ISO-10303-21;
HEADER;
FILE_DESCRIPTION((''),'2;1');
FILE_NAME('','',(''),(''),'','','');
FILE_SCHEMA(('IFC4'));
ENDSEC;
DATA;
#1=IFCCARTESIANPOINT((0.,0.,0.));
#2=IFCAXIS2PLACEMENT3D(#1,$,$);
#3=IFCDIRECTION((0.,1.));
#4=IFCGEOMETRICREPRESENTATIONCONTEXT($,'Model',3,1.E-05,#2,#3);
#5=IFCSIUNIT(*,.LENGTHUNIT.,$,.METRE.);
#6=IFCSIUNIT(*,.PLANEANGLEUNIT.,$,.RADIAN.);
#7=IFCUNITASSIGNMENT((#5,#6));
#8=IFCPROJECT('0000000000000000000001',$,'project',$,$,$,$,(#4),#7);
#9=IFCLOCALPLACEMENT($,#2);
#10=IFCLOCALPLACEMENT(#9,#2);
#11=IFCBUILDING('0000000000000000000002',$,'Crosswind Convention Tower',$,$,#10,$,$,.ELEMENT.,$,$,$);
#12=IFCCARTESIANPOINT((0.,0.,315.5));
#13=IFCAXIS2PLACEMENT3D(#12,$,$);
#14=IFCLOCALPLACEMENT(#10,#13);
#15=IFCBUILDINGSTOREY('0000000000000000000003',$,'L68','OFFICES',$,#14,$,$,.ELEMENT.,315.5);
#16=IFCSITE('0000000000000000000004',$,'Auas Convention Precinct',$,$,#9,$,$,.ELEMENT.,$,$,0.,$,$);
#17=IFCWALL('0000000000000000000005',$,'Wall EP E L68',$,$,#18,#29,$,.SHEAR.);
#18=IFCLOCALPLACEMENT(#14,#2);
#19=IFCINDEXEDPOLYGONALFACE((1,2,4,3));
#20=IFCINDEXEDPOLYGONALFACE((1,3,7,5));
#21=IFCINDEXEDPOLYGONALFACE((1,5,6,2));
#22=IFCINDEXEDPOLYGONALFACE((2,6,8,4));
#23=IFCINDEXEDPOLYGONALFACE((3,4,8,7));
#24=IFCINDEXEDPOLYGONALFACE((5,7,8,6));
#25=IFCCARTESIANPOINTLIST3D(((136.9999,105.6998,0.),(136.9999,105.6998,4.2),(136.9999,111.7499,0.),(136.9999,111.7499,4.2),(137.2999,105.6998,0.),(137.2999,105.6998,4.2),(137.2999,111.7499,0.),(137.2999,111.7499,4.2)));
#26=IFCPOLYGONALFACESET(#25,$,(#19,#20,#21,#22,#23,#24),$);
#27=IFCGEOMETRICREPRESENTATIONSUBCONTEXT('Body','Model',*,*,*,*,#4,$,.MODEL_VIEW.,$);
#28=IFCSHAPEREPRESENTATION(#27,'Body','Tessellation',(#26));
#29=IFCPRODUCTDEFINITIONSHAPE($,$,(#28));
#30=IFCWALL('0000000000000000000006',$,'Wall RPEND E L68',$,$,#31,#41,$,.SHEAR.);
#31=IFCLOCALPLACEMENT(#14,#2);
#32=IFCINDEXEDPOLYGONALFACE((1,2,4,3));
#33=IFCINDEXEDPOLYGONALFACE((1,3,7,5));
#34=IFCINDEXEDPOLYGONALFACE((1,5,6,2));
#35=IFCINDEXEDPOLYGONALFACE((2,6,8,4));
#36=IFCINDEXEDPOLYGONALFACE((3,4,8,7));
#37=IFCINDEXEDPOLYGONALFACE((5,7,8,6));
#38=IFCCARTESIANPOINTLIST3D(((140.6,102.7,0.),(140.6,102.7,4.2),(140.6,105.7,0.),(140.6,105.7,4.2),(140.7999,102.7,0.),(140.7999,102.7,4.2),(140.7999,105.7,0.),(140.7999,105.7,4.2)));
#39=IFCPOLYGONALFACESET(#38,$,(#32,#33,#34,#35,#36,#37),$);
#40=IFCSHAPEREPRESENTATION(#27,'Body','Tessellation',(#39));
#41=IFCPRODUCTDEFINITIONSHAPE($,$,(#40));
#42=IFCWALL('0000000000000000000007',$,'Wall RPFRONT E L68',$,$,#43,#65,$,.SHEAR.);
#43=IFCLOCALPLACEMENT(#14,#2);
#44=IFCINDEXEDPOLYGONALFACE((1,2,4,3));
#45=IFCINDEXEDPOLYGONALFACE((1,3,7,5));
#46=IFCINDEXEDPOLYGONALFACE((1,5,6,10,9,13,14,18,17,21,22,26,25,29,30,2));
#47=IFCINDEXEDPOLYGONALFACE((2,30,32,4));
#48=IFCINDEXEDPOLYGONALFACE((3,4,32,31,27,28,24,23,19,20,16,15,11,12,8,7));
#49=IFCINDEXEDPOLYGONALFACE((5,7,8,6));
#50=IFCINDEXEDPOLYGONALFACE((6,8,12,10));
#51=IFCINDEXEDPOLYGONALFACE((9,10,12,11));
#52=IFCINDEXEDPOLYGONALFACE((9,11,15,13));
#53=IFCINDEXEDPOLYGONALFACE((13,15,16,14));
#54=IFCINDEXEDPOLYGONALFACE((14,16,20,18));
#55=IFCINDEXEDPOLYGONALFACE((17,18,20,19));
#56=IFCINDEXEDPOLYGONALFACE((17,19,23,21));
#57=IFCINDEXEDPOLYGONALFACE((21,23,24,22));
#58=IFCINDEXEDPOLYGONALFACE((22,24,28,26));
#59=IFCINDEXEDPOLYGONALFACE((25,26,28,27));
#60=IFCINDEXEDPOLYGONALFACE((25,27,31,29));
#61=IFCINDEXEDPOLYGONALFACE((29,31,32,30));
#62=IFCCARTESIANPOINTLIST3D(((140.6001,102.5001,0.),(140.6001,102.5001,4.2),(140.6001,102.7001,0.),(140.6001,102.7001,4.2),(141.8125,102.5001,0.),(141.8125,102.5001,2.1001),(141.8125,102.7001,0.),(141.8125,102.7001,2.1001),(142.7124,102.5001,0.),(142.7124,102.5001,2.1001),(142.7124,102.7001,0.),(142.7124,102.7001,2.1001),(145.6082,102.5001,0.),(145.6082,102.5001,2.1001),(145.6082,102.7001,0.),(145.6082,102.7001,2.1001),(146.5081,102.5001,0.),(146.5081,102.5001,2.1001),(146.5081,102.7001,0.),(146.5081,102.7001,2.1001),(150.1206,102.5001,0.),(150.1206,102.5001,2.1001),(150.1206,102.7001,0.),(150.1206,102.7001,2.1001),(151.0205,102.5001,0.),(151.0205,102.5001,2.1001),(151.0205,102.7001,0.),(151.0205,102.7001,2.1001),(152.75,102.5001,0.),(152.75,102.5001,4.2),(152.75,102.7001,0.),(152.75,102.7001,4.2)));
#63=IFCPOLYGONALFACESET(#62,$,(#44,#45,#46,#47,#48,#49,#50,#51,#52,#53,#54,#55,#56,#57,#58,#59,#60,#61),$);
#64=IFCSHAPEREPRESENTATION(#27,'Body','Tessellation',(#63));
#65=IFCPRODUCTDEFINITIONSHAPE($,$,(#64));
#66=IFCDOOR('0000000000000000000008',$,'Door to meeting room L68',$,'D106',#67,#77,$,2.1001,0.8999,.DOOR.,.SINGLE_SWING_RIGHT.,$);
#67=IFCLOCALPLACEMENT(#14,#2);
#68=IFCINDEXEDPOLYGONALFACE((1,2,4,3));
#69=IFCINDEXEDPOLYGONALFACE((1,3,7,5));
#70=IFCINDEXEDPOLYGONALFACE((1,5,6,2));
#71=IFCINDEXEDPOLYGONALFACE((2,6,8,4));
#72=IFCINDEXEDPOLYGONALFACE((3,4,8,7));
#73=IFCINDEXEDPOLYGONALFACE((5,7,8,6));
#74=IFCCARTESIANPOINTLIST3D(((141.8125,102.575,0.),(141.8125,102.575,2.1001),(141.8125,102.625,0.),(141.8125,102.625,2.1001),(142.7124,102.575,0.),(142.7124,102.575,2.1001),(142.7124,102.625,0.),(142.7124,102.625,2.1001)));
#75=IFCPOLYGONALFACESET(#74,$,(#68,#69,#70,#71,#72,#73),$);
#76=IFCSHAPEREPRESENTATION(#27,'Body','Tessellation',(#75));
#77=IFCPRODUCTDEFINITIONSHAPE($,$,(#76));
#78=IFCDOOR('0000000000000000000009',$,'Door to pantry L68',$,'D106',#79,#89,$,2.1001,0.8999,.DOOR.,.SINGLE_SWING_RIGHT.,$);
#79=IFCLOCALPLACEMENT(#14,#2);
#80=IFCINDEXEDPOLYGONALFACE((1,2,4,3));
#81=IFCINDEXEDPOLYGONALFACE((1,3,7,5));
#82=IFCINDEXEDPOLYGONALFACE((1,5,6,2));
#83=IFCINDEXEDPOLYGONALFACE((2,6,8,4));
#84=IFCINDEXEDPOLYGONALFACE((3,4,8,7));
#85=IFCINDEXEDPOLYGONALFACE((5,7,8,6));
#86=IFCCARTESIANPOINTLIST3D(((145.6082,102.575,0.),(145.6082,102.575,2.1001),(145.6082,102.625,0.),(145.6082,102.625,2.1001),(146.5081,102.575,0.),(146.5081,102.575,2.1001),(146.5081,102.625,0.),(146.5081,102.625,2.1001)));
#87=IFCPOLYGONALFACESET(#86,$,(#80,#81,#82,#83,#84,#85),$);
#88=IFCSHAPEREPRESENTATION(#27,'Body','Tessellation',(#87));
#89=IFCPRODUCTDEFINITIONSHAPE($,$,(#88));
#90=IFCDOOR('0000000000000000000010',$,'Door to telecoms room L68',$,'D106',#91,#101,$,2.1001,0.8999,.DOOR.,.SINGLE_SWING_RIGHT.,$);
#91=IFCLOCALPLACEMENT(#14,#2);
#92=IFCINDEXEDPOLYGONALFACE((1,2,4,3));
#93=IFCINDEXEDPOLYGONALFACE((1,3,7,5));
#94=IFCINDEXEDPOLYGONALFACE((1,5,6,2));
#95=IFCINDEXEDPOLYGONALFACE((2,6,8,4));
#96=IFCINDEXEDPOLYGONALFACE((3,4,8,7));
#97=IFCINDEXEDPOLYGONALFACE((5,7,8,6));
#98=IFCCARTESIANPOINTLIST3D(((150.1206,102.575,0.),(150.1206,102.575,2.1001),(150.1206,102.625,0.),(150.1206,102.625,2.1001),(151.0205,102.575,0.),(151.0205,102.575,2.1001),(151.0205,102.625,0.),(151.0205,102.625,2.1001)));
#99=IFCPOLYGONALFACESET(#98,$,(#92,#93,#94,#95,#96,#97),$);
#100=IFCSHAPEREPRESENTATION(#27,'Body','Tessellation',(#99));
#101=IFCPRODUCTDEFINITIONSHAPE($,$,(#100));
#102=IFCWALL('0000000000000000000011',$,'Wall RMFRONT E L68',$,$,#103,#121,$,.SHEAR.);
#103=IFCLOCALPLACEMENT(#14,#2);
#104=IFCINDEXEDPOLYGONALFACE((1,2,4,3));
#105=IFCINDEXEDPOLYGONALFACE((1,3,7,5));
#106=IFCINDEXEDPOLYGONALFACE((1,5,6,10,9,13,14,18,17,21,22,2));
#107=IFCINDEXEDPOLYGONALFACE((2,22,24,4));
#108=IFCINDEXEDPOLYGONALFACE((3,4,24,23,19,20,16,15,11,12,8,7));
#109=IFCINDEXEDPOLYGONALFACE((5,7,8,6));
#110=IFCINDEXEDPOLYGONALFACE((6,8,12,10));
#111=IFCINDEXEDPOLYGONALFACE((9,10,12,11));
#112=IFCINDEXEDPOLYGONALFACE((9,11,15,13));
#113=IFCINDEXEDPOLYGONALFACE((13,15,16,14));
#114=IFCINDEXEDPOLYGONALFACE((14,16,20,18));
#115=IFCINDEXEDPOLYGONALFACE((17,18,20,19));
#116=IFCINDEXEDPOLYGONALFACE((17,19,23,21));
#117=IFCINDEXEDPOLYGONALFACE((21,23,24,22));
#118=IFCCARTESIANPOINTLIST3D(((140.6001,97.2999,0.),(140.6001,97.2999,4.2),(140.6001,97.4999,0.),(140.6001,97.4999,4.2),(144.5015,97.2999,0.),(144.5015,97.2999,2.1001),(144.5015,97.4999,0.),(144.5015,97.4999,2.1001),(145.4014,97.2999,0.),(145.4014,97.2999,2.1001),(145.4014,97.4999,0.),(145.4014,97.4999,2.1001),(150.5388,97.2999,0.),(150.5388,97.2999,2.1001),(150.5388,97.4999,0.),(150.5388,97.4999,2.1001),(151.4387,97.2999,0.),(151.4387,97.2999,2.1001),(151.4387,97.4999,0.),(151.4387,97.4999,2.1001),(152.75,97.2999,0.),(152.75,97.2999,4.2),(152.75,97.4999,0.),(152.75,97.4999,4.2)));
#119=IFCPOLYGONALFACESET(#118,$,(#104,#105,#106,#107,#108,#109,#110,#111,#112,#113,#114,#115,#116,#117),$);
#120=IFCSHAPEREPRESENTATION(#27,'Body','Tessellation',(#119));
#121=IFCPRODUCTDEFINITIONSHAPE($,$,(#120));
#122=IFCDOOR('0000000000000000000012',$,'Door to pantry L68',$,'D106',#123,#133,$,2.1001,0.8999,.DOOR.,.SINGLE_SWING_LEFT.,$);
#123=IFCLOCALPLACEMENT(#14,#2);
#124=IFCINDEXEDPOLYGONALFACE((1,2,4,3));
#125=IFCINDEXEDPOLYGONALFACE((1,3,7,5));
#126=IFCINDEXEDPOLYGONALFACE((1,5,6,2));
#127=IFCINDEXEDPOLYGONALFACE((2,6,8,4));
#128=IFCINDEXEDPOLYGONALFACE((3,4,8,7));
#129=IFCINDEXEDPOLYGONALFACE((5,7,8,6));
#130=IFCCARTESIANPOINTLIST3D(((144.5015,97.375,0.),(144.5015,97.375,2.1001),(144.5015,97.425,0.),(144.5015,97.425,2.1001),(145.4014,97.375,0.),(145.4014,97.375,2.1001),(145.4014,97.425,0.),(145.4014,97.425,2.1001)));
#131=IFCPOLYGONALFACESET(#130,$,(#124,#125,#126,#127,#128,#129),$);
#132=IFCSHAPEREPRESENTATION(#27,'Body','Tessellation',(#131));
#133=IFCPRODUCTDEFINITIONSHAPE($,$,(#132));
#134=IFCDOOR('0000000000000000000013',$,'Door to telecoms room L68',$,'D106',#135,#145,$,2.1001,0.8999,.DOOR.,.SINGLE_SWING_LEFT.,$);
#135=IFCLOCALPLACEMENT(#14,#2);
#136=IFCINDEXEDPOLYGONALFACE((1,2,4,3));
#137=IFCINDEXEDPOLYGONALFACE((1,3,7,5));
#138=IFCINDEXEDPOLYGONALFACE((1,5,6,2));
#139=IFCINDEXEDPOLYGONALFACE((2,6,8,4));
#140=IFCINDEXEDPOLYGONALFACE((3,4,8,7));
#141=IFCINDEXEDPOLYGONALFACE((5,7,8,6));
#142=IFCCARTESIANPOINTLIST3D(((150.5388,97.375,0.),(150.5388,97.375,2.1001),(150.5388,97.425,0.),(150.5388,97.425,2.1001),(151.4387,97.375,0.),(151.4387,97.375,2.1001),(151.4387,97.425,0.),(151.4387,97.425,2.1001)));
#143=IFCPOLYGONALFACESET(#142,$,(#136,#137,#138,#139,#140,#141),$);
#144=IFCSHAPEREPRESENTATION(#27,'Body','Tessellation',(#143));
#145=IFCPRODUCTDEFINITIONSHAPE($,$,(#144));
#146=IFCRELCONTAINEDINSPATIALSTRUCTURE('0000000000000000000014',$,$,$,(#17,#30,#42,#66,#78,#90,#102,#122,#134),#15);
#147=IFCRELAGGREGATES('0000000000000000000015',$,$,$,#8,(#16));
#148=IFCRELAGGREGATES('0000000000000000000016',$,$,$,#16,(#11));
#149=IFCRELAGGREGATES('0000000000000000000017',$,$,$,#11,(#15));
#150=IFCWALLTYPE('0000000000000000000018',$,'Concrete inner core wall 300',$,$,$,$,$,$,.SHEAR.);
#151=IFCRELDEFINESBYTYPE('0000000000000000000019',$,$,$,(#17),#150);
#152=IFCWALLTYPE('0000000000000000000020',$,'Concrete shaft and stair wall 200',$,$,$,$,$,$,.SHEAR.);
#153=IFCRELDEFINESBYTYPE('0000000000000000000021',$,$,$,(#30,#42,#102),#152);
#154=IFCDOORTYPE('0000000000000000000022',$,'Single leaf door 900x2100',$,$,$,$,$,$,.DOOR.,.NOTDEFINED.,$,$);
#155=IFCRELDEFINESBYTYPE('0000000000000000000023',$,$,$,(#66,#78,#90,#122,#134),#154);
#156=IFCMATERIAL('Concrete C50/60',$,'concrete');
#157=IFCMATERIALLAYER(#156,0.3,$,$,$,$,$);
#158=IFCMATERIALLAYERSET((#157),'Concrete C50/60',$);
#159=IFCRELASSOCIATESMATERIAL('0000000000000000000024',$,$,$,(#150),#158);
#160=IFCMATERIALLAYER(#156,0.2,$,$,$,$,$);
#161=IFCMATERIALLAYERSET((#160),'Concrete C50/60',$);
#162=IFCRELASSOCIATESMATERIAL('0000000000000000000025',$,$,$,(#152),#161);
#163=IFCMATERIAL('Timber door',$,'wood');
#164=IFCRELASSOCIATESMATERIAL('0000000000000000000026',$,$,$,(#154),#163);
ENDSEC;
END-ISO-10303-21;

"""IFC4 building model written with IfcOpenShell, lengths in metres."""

from ifc_helpers import new_model, si_unit, direction, frame, frame_2d, origin, place, context, subcontext, project, spatial, rectangle, extrude, material, layer, layer_set, type_object, element, fill, save


model = new_model("IFC4")

# Units and contexts
model_context = context("Model", 3, precision=1e-05, world=origin(), true_north=direction((0.0, 1.0)))
body_context = subcontext(model_context, "Body", "Model", "MODEL_VIEW")
ifc_project = project(units=[si_unit("LENGTHUNIT", "METRE"), si_unit("PLANEANGLEUNIT", "RADIAN")], contexts=[model_context])

# Site, building, storey
site_placement = place(None, origin())
site = spatial("IfcSite", under=ifc_project, at=site_placement, Name="Auas Convention Precinct", CompositionType="ELEMENT", RefElevation=0.0)
building_placement = place(site_placement, origin())
building = spatial("IfcBuilding", under=site, at=building_placement, Name="Crosswind Convention Tower", CompositionType="ELEMENT")
storey_placement = place(building_placement, frame((0.0, 0.0, 315.5)))
storey = spatial("IfcBuildingStorey", under=building, at=storey_placement, Name="L68", Description="OFFICES", CompositionType="ELEMENT", Elevation=315.5)

# Walls
ifc_material_1 = material(Name="Concrete C50/60", Category="concrete")
ifc_layer_1 = layer(ifc_material_1, 0.3)
ifc_layer_set_1 = layer_set([ifc_layer_1], Name="Concrete C50/60")
wall_type_1 = type_object("IfcWallType", Name="Concrete inner core wall 300", PredefinedType="SHEAR", material=ifc_layer_set_1)
wall_1_placement = place(storey_placement, frame((137.1499, 105.7, 0.0), z_axis=(0.0, 0.0, 1.0), x_axis=(0.0, 1.0, 0.0)))
element("IfcWall", 1, at=wall_1_placement, inside=storey, type_object=wall_type_1, Name="Wall EP E L68", PredefinedType="SHEAR", context=body_context, shape_type="SweptSolid", body=[
    extrude(rectangle(XDim=6.05, YDim=0.3, at=frame_2d((3.0249, 0.0))), origin(), (0.0, 0.0, 1.0), 4.2),
])
ifc_layer_2 = layer(ifc_material_1, 0.2)
ifc_layer_set_2 = layer_set([ifc_layer_2], Name="Concrete C50/60")
wall_type_2 = type_object("IfcWallType", Name="Concrete shaft and stair wall 200", PredefinedType="SHEAR", material=ifc_layer_set_2)
wall_2_placement = place(storey_placement, frame((140.7, 102.7, 0.0), z_axis=(0.0, 0.0, 1.0), x_axis=(0.0, 1.0, 0.0)))
element("IfcWall", 2, at=wall_2_placement, inside=storey, type_object=wall_type_2, Name="Wall RPEND E L68", PredefinedType="SHEAR", context=body_context, shape_type="SweptSolid", body=[
    extrude(rectangle(XDim=3.0, YDim=0.2, at=frame_2d((1.5, 0.0))), origin(), (0.0, 0.0, 1.0), 4.2),
])

# Walls, openings, doors
wall_3_placement = place(storey_placement, frame((140.6001, 102.6001, 0.0), z_axis=(0.0, 0.0, 1.0), x_axis=(1.0, 0.0, 0.0)))
wall_3 = element("IfcWall", 3, at=wall_3_placement, inside=storey, type_object=wall_type_2, Name="Wall RPFRONT E L68", PredefinedType="SHEAR", context=body_context, shape_type="SweptSolid", body=[
    extrude(rectangle(XDim=12.1499, YDim=0.2, at=frame_2d((6.075, 0.0))), origin(), (0.0, 0.0, 1.0), 4.2),
])
opening_1_placement = place(wall_3_placement, frame((1.2124, 0.0, 0.0)))
opening_1 = element("IfcOpeningElement", 4, at=opening_1_placement, cuts=wall_3, PredefinedType="OPENING", context=body_context, shape_type="SweptSolid", body=[
    extrude(rectangle(XDim=0.8999, YDim=2.1001, at=frame_2d((0.45, 1.05))), frame((0.0, 0.1099, 0.0), z_axis=(0.0, -1.0, 0.0), x_axis=(1.0, 0.0, 0.0)), (0.0, 0.0, 1.0), 0.22),
])
opening_2_placement = place(wall_3_placement, frame((5.0081, 0.0, 0.0)))
opening_2 = element("IfcOpeningElement", 5, at=opening_2_placement, cuts=wall_3, PredefinedType="OPENING", context=body_context, shape_type="SweptSolid", body=[
    extrude(rectangle(XDim=0.8999, YDim=2.1001, at=frame_2d((0.45, 1.05))), frame((0.0, 0.1099, 0.0), z_axis=(0.0, -1.0, 0.0), x_axis=(1.0, 0.0, 0.0)), (0.0, 0.0, 1.0), 0.22),
])
opening_3_placement = place(wall_3_placement, frame((9.5205, 0.0, 0.0)))
opening_3 = element("IfcOpeningElement", 6, at=opening_3_placement, cuts=wall_3, PredefinedType="OPENING", context=body_context, shape_type="SweptSolid", body=[
    extrude(rectangle(XDim=0.8999, YDim=2.1001, at=frame_2d((0.45, 1.05))), frame((0.0, 0.1099, 0.0), z_axis=(0.0, -1.0, 0.0), x_axis=(1.0, 0.0, 0.0)), (0.0, 0.0, 1.0), 0.22),
])
ifc_material_2 = material(Name="Timber door", Category="wood")
door_type_1 = type_object("IfcDoorType", Name="Single leaf door 900x2100", OperationType="NOTDEFINED", PredefinedType="DOOR", material=ifc_material_2)
door_1_placement = place(opening_1_placement, origin())
door_1 = element("IfcDoor", 7, at=door_1_placement, inside=storey, type_object=door_type_1, Name="Door to meeting room L68", ObjectType="D106", OperationType="SINGLE_SWING_RIGHT", OverallHeight=2.1001, OverallWidth=0.8999, PredefinedType="DOOR", context=body_context, shape_type="SweptSolid", body=[
    extrude(rectangle(XDim=0.8999, YDim=2.1001, at=frame_2d((0.45, 1.05))), frame((0.0, 0.0249, 0.0), z_axis=(0.0, -1.0, 0.0), x_axis=(1.0, 0.0, 0.0)), (0.0, 0.0, 1.0), 0.05),
])
fill(opening_1, door_1)
door_2_placement = place(opening_2_placement, origin())
door_2 = element("IfcDoor", 8, at=door_2_placement, inside=storey, type_object=door_type_1, Name="Door to pantry L68", ObjectType="D106", OperationType="SINGLE_SWING_RIGHT", OverallHeight=2.1001, OverallWidth=0.8999, PredefinedType="DOOR", context=body_context, shape_type="SweptSolid", body=[
    extrude(rectangle(XDim=0.8999, YDim=2.1001, at=frame_2d((0.45, 1.05))), frame((0.0, 0.0249, 0.0), z_axis=(0.0, -1.0, 0.0), x_axis=(1.0, 0.0, 0.0)), (0.0, 0.0, 1.0), 0.05),
])
fill(opening_2, door_2)
door_3_placement = place(opening_3_placement, origin())
door_3 = element("IfcDoor", 9, at=door_3_placement, inside=storey, type_object=door_type_1, Name="Door to telecoms room L68", ObjectType="D106", OperationType="SINGLE_SWING_RIGHT", OverallHeight=2.1001, OverallWidth=0.8999, PredefinedType="DOOR", context=body_context, shape_type="SweptSolid", body=[
    extrude(rectangle(XDim=0.8999, YDim=2.1001, at=frame_2d((0.45, 1.05))), frame((0.0, 0.0249, 0.0), z_axis=(0.0, -1.0, 0.0), x_axis=(1.0, 0.0, 0.0)), (0.0, 0.0, 1.0), 0.05),
])
fill(opening_3, door_3)
wall_4_placement = place(storey_placement, frame((140.6001, 97.3999, 0.0), z_axis=(0.0, 0.0, 1.0), x_axis=(1.0, 0.0, 0.0)))
wall_4 = element("IfcWall", 10, at=wall_4_placement, inside=storey, type_object=wall_type_2, Name="Wall RMFRONT E L68", PredefinedType="SHEAR", context=body_context, shape_type="SweptSolid", body=[
    extrude(rectangle(XDim=12.1499, YDim=0.2, at=frame_2d((6.075, 0.0))), origin(), (0.0, 0.0, 1.0), 4.2),
])
opening_4_placement = place(wall_4_placement, frame((3.9014, 0.0, 0.0)))
opening_4 = element("IfcOpeningElement", 11, at=opening_4_placement, cuts=wall_4, PredefinedType="OPENING", context=body_context, shape_type="SweptSolid", body=[
    extrude(rectangle(XDim=0.8999, YDim=2.1001, at=frame_2d((0.45, 1.05))), frame((0.0, 0.1099, 0.0), z_axis=(0.0, -1.0, 0.0), x_axis=(1.0, 0.0, 0.0)), (0.0, 0.0, 1.0), 0.22),
])
opening_5_placement = place(wall_4_placement, frame((9.9387, 0.0, 0.0)))
opening_5 = element("IfcOpeningElement", 12, at=opening_5_placement, cuts=wall_4, PredefinedType="OPENING", context=body_context, shape_type="SweptSolid", body=[
    extrude(rectangle(XDim=0.8999, YDim=2.1001, at=frame_2d((0.45, 1.05))), frame((0.0, 0.1099, 0.0), z_axis=(0.0, -1.0, 0.0), x_axis=(1.0, 0.0, 0.0)), (0.0, 0.0, 1.0), 0.22),
])
door_4_placement = place(opening_4_placement, frame((0.8999, 0.0, 0.0), z_axis=(0.0, 0.0, 1.0), x_axis=(-1.0, 0.0, 0.0)))
door_4 = element("IfcDoor", 13, at=door_4_placement, inside=storey, type_object=door_type_1, Name="Door to pantry L68", ObjectType="D106", OperationType="SINGLE_SWING_LEFT", OverallHeight=2.1001, OverallWidth=0.8999, PredefinedType="DOOR", context=body_context, shape_type="SweptSolid", body=[
    extrude(rectangle(XDim=0.8999, YDim=2.1001, at=frame_2d((0.45, 1.05))), frame((0.0, 0.0249, 0.0), z_axis=(0.0, -1.0, 0.0), x_axis=(1.0, 0.0, 0.0)), (0.0, 0.0, 1.0), 0.05),
])
fill(opening_4, door_4)
door_5_placement = place(opening_5_placement, frame((0.8999, 0.0, 0.0), z_axis=(0.0, 0.0, 1.0), x_axis=(-1.0, 0.0, 0.0)))
door_5 = element("IfcDoor", 14, at=door_5_placement, inside=storey, type_object=door_type_1, Name="Door to telecoms room L68", ObjectType="D106", OperationType="SINGLE_SWING_LEFT", OverallHeight=2.1001, OverallWidth=0.8999, PredefinedType="DOOR", context=body_context, shape_type="SweptSolid", body=[
    extrude(rectangle(XDim=0.8999, YDim=2.1001, at=frame_2d((0.45, 1.05))), frame((0.0, 0.0249, 0.0), z_axis=(0.0, -1.0, 0.0), x_axis=(1.0, 0.0, 0.0)), (0.0, 0.0, 1.0), 0.05),
])
fill(opening_5, door_5)

save(model, "model.ifc")
